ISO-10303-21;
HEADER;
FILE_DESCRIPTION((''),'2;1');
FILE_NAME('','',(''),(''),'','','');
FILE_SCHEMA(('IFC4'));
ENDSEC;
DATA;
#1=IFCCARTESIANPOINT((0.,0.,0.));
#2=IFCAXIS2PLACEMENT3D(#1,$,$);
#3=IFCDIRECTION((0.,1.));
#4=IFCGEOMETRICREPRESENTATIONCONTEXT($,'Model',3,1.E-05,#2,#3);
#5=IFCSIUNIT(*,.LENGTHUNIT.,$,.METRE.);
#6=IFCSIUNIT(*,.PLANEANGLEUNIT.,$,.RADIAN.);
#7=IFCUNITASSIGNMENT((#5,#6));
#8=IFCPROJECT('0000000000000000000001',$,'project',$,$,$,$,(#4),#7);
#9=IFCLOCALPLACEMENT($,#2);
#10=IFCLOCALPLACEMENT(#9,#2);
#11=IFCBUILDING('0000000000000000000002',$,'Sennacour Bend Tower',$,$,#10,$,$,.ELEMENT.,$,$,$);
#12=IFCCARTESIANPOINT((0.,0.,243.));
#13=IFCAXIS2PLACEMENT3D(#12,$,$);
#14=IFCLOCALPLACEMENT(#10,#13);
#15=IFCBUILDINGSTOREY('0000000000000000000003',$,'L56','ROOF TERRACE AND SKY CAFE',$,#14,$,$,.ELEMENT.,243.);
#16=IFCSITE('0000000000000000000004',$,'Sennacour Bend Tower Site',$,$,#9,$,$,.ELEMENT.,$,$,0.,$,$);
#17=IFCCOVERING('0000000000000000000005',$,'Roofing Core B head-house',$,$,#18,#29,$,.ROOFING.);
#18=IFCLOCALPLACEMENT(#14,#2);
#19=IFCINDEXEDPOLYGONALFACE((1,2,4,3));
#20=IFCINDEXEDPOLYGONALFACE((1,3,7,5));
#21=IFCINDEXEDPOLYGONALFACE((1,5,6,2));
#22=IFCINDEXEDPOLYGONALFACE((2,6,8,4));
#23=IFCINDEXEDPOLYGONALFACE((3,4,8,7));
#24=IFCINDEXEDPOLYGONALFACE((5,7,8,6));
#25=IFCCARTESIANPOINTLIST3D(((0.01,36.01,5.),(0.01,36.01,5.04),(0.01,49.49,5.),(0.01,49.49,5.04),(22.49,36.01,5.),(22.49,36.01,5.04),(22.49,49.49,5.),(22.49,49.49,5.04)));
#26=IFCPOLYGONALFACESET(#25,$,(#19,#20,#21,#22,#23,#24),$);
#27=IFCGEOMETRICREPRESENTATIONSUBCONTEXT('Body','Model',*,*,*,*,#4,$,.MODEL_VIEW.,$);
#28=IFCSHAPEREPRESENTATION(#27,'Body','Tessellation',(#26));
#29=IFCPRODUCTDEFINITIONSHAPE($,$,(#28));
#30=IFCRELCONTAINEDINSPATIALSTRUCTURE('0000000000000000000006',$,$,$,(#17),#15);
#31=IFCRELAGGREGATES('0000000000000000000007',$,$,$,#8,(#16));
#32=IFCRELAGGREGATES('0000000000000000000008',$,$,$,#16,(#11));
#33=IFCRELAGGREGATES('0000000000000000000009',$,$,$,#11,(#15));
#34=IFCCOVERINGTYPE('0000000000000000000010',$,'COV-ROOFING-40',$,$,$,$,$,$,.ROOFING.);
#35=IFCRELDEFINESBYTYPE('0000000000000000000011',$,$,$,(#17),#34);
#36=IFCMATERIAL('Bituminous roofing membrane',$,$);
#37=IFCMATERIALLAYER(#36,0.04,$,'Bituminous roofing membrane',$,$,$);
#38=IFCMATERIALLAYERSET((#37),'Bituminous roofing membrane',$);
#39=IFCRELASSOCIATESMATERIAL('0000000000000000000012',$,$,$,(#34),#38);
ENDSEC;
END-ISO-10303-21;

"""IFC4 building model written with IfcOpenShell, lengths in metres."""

from ifc_helpers import new_model, si_unit, direction, frame, origin, place, context, subcontext, project, spatial, polyline, outline, extrude, material, layer, layer_set, type_object, element, save


model = new_model("IFC4")

# Units and contexts
model_context = context("Model", 3, precision=1e-05, world=origin(), true_north=direction((0.0, 1.0)))
body_context = subcontext(model_context, "Body", "Model", "MODEL_VIEW")
ifc_project = project(units=[si_unit("LENGTHUNIT", "METRE"), si_unit("PLANEANGLEUNIT", "RADIAN")], contexts=[model_context])

# Site, building, storey
site_placement = place(None, origin())
site = spatial("IfcSite", under=ifc_project, at=site_placement, Name="Sennacour Bend Tower Site", CompositionType="ELEMENT", RefElevation=0.0)
building_placement = place(site_placement, origin())
building = spatial("IfcBuilding", under=site, at=building_placement, Name="Sennacour Bend Tower", CompositionType="ELEMENT")
storey_placement = place(building_placement, frame((0.0, 0.0, 243.0)))
storey = spatial("IfcBuildingStorey", under=building, at=storey_placement, Name="L56", Description="ROOF TERRACE AND SKY CAFE", CompositionType="ELEMENT", Elevation=243.0)

# Covering
ifc_material_1 = material(Name="Bituminous roofing membrane")
ifc_layer_1 = layer(ifc_material_1, 0.04, Name="Bituminous roofing membrane")
ifc_layer_set_1 = layer_set([ifc_layer_1], Name="Bituminous roofing membrane")
covering_type_1 = type_object("IfcCoveringType", Name="COV-ROOFING-40", PredefinedType="ROOFING", material=ifc_layer_set_1)
covering_1_placement = place(storey_placement, frame((0.0, 0.0, 5.0)))
element("IfcCovering", 1, at=covering_1_placement, inside=storey, type_object=covering_type_1, Name="Roofing Core B head-house", PredefinedType="ROOFING", context=body_context, shape_type="SweptSolid", body=[
    extrude(outline(polyline([(22.49, 36.01), (0.01, 36.01), (0.01, 49.49), (22.49, 49.49), (22.49, 36.01)])), origin(), (0.0, 0.0, 1.0), 0.04),
])

save(model, "model.ifc")
